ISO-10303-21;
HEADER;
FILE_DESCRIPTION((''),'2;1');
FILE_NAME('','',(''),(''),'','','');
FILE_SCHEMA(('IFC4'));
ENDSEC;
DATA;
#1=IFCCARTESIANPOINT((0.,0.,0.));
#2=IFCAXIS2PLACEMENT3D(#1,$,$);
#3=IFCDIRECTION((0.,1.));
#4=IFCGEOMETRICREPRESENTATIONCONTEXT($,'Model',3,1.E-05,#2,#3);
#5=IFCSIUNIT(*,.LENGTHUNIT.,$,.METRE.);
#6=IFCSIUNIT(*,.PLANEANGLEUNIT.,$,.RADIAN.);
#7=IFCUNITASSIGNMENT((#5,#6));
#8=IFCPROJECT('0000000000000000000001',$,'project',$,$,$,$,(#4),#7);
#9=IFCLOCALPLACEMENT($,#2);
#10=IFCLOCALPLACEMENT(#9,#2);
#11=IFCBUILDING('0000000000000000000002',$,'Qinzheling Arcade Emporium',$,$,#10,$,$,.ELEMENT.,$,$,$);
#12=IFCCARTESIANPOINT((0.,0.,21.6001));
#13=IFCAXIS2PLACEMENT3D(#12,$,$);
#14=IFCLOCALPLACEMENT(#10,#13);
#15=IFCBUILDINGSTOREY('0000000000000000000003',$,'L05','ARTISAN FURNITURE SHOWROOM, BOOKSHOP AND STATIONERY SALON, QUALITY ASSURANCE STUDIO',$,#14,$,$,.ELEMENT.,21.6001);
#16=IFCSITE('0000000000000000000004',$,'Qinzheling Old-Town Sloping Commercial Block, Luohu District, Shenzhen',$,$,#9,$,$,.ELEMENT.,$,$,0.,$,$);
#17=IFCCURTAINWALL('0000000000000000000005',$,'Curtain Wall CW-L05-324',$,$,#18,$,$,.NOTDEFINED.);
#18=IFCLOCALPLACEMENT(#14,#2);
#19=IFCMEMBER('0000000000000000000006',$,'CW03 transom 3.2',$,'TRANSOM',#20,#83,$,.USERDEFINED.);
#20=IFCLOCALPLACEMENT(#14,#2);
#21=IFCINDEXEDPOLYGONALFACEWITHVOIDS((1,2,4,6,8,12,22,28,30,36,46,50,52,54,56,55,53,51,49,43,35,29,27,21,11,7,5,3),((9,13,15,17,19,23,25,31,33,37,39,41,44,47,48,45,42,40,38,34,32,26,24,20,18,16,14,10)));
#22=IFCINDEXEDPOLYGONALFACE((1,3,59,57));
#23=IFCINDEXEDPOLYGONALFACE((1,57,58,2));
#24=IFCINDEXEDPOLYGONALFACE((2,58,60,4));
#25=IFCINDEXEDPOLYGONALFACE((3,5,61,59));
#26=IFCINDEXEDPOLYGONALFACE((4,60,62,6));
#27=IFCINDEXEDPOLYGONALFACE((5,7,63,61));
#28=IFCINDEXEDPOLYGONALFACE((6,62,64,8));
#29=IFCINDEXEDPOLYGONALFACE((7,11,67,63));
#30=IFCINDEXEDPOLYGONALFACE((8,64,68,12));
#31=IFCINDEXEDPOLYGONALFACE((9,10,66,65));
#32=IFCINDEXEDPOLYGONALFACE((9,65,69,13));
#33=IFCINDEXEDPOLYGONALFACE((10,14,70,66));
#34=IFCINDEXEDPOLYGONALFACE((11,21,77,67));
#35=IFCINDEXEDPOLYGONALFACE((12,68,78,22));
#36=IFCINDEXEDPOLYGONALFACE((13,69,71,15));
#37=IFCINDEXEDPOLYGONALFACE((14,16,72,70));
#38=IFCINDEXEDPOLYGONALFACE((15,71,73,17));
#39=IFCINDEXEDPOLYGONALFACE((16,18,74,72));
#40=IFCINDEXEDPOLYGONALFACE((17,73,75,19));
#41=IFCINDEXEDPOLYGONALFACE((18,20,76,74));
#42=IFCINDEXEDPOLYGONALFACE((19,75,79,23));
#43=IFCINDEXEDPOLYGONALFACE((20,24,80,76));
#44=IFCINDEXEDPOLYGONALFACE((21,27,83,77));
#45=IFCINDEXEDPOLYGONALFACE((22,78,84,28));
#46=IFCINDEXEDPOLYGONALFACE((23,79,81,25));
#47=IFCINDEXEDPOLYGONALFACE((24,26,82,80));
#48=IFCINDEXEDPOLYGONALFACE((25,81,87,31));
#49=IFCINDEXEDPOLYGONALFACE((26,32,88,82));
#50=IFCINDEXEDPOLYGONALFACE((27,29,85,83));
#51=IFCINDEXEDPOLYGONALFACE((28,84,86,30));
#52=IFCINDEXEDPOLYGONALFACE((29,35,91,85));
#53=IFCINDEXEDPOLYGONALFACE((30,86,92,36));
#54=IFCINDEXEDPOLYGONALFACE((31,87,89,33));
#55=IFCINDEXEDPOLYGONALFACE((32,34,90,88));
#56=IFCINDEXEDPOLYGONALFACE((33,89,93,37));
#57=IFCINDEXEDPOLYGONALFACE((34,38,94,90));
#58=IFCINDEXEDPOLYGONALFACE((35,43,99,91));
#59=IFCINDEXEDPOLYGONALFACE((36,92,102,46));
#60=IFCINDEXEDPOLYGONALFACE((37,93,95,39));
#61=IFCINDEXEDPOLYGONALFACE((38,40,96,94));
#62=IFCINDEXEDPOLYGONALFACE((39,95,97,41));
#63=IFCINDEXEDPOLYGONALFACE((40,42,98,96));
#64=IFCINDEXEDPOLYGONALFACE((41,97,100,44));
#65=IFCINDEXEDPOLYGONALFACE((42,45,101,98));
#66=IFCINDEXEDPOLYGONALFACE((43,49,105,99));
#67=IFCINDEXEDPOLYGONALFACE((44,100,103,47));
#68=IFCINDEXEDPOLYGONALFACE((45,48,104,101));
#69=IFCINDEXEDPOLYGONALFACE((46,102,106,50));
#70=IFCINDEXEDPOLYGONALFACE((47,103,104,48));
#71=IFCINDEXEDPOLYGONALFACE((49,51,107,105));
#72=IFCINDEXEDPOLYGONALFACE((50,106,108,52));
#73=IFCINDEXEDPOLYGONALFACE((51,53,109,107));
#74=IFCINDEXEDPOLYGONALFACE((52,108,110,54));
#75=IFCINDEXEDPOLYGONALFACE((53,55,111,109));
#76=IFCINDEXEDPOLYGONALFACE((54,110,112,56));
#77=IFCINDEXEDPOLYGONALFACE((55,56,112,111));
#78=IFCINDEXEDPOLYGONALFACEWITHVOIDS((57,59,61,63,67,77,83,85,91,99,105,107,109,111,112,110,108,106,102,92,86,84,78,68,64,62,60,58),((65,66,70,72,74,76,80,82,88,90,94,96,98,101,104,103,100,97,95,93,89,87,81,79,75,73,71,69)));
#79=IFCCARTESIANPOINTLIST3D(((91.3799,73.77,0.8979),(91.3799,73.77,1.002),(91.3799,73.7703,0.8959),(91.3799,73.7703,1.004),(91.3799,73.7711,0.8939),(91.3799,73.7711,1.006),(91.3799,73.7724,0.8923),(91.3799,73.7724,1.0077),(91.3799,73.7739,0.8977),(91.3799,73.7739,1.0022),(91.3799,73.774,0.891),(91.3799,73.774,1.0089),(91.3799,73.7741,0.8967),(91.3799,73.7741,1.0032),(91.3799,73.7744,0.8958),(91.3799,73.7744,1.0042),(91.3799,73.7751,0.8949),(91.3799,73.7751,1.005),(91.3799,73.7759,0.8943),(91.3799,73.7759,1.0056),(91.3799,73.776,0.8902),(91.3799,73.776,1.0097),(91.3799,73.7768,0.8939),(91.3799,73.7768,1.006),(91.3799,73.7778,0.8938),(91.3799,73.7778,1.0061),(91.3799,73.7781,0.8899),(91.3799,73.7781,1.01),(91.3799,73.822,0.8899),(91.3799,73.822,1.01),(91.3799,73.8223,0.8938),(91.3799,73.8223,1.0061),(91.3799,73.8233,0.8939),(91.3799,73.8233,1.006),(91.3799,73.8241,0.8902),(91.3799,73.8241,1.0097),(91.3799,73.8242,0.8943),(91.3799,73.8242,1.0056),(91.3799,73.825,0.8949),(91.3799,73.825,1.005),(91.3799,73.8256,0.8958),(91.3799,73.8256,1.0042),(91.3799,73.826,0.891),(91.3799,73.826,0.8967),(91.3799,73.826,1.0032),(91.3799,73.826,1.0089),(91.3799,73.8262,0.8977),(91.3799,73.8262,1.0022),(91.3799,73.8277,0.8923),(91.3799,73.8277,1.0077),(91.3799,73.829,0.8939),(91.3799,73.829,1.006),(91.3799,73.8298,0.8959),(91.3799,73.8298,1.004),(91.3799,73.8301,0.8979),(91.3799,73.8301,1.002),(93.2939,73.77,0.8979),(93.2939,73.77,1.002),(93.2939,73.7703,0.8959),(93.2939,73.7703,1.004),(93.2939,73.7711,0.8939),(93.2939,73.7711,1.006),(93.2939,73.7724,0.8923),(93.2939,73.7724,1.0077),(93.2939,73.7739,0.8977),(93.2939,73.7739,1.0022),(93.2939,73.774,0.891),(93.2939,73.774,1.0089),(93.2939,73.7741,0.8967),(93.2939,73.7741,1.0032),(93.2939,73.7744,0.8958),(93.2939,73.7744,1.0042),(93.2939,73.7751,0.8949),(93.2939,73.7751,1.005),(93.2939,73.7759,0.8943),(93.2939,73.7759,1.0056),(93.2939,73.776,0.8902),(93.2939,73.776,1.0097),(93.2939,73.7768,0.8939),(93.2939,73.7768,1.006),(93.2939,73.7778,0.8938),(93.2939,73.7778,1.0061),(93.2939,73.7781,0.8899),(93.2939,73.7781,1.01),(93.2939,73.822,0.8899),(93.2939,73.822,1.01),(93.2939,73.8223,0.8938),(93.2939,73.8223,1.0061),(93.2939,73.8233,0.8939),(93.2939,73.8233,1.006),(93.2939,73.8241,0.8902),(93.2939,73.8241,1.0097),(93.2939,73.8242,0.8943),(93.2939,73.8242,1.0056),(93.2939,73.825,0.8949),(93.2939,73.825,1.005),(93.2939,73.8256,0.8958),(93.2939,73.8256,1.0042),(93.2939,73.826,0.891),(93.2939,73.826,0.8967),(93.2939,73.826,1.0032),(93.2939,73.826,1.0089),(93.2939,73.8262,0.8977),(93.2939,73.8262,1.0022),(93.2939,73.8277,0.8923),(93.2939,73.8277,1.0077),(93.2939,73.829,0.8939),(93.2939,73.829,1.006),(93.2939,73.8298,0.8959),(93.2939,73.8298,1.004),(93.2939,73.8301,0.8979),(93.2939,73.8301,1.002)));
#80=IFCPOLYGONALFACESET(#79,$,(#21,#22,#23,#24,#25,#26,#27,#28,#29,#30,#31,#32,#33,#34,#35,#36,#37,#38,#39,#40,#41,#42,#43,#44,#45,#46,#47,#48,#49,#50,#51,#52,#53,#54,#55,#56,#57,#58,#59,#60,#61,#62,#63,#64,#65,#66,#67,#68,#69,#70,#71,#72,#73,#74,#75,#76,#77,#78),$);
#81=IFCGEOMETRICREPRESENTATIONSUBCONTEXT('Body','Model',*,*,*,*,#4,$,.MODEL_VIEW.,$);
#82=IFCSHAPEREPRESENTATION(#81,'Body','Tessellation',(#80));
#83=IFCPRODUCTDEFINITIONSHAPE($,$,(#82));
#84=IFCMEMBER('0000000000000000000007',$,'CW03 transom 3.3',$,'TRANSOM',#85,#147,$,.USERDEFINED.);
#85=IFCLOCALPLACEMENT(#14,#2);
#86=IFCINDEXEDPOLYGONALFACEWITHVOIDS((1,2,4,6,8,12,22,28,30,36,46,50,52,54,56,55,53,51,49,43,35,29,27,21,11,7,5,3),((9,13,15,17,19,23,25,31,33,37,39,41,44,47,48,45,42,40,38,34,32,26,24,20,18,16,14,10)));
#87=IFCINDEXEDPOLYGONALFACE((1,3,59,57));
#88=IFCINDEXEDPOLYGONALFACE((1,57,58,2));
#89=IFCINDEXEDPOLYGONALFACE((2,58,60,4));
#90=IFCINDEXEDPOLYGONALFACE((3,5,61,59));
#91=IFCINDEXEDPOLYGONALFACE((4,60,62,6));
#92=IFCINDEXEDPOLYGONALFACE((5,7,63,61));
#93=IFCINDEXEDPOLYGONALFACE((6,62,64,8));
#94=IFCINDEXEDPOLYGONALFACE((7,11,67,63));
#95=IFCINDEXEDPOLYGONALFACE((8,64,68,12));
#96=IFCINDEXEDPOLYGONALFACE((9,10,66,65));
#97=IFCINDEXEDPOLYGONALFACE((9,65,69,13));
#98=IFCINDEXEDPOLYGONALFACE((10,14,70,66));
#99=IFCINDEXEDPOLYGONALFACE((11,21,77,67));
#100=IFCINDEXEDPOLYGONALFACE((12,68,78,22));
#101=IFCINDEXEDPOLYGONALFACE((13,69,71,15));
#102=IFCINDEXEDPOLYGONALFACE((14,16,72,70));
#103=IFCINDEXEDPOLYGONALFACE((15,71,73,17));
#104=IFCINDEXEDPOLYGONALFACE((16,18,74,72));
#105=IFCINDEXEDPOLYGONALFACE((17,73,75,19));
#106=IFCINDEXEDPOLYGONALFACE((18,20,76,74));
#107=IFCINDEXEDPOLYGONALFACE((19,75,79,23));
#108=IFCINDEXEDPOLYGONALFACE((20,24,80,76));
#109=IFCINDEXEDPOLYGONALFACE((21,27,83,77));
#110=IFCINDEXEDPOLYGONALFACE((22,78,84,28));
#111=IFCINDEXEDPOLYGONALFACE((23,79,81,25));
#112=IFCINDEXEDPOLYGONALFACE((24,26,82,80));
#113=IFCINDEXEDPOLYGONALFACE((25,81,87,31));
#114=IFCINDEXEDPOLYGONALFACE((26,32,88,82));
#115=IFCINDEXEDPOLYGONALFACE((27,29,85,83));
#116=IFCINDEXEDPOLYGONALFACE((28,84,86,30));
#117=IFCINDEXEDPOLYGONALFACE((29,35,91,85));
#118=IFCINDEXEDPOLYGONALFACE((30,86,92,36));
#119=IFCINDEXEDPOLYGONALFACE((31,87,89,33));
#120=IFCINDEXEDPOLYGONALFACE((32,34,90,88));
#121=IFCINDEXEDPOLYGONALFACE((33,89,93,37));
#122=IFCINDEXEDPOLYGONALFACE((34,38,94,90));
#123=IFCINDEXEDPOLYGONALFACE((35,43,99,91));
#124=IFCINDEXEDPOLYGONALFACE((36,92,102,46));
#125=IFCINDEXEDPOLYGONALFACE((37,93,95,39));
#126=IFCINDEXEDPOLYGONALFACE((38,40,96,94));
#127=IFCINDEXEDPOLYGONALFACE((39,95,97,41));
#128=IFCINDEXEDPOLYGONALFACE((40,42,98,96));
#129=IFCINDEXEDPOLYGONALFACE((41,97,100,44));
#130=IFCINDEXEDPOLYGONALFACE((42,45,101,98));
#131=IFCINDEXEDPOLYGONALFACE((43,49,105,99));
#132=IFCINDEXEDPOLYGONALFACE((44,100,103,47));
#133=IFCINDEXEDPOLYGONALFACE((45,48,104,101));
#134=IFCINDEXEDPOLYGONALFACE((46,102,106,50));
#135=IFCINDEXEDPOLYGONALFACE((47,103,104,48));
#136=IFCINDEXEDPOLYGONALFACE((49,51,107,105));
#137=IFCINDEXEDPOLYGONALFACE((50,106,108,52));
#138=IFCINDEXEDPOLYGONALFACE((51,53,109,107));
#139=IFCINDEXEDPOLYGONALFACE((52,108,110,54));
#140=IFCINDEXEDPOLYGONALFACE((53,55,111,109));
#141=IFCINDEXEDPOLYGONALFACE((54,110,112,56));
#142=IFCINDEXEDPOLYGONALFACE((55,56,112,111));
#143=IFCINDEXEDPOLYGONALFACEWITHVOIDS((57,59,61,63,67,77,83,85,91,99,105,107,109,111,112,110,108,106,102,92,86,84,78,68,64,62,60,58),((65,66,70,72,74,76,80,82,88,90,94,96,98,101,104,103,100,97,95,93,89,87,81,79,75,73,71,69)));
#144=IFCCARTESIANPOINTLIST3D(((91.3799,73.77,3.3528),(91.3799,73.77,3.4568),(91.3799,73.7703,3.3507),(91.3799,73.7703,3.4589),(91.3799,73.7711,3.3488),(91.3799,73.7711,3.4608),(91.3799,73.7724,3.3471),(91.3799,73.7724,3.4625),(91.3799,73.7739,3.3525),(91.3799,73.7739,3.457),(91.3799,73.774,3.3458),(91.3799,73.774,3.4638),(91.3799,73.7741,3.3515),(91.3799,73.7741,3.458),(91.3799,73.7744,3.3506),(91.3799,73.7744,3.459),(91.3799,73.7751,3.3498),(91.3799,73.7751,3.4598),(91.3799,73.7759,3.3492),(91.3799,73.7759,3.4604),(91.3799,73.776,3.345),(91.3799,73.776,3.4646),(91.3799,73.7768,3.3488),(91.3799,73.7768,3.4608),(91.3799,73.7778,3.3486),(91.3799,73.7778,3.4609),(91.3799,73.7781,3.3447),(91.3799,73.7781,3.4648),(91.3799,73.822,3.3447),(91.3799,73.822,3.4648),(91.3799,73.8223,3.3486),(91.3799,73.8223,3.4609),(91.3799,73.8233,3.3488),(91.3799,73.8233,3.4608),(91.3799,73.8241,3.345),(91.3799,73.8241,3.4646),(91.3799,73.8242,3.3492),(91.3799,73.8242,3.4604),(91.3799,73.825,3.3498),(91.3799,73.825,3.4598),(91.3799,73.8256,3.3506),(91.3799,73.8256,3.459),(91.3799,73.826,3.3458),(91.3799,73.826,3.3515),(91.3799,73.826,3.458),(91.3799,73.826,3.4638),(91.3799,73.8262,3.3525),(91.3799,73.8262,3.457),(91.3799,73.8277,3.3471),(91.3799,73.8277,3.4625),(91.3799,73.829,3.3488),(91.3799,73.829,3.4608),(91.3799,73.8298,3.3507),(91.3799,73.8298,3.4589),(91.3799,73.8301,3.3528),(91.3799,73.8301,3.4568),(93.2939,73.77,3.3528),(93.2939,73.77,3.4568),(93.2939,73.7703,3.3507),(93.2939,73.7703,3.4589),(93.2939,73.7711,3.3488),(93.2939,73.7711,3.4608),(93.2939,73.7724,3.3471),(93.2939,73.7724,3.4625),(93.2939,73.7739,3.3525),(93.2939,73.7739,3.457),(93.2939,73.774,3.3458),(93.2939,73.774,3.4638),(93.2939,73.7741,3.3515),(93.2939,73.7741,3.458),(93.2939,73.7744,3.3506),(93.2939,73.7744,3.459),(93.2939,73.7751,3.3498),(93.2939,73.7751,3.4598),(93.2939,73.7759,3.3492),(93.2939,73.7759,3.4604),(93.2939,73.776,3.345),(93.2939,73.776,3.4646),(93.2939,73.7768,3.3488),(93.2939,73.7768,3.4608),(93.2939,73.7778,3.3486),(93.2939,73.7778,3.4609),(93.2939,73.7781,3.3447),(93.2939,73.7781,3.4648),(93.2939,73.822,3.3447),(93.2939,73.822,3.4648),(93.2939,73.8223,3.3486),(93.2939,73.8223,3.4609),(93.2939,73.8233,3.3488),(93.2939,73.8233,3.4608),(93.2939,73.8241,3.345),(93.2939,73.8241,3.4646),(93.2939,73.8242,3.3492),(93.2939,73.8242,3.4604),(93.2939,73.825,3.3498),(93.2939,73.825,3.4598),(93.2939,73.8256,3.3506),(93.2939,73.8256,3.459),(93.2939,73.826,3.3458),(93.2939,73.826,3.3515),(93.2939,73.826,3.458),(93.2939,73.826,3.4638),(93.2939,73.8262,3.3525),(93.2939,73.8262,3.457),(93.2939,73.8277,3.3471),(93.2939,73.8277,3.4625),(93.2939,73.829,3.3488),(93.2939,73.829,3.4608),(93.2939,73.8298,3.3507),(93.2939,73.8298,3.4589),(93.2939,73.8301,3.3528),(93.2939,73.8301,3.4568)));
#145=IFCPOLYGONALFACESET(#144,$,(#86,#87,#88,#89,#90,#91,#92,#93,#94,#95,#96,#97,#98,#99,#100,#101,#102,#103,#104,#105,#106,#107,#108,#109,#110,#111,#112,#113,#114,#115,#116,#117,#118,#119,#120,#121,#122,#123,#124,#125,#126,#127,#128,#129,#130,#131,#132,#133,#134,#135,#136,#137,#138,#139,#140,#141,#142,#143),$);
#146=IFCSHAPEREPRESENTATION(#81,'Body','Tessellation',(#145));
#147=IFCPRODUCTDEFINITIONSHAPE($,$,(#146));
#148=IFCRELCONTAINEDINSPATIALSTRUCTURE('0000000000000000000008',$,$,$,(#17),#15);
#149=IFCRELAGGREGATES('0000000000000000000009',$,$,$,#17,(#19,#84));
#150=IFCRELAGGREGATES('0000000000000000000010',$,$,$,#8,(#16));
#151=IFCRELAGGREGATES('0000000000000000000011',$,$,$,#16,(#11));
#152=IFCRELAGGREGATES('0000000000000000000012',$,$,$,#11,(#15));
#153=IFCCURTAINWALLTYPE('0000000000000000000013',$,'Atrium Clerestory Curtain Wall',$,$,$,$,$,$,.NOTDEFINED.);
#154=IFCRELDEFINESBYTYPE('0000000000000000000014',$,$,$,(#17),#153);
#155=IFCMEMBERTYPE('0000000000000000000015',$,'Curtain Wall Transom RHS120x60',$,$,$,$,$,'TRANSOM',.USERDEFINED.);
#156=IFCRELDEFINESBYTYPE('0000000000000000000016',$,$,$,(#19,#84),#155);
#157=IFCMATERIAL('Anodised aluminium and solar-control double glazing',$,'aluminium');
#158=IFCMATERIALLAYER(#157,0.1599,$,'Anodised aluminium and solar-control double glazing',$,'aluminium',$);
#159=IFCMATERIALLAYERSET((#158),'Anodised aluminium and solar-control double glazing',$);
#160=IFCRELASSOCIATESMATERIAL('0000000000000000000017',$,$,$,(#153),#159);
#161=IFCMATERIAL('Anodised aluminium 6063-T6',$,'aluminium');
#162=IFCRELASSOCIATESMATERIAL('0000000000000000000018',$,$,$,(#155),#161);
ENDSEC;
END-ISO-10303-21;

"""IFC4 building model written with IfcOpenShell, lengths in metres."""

from ifc_helpers import new_model, si_unit, direction, frame, origin, origin_2d, place, context, subcontext, project, spatial, hollow_rectangle, extrude, material, layer, layer_set, material_profile, profile_set, type_object, element, aggregate, save


model = new_model("IFC4")

# Units and contexts
model_context = context("Model", 3, precision=1e-05, world=origin(), true_north=direction((0.0, 1.0)))
body_context = subcontext(model_context, "Body", "Model", "MODEL_VIEW")
ifc_project = project(units=[si_unit("LENGTHUNIT", "METRE"), si_unit("PLANEANGLEUNIT", "RADIAN")], contexts=[model_context])

# Site, building, storey
site_placement = place(None, origin())
site = spatial("IfcSite", under=ifc_project, at=site_placement, Name="Qinzheling Old-Town Sloping Commercial Block, Luohu District, Shenzhen", CompositionType="ELEMENT", RefElevation=0.0)
building_placement = place(site_placement, origin())
building = spatial("IfcBuilding", under=site, at=building_placement, Name="Qinzheling Arcade Emporium", CompositionType="ELEMENT")
storey_placement = place(building_placement, frame((0.0, 0.0, 21.6001)))
storey = spatial("IfcBuildingStorey", under=building, at=storey_placement, Name="L05", Description="ARTISAN FURNITURE SHOWROOM, BOOKSHOP AND STATIONERY SALON, QUALITY ASSURANCE STUDIO", CompositionType="ELEMENT", Elevation=21.6001)

# Curtain wall
ifc_material_1 = material(Name="Anodised aluminium and solar-control double glazing", Category="aluminium")
ifc_layer_1 = layer(ifc_material_1, 0.1599, Name="Anodised aluminium and solar-control double glazing", Category="aluminium")
ifc_layer_set_1 = layer_set([ifc_layer_1], Name="Anodised aluminium and solar-control double glazing")
curtain_wall_type = type_object("IfcCurtainWallType", Name="Atrium Clerestory Curtain Wall", PredefinedType="NOTDEFINED", material=ifc_layer_set_1)
curtain_wall_1_placement = place(storey_placement, origin())
curtain_wall_1 = element("IfcCurtainWall", 1, at=curtain_wall_1_placement, inside=storey, type_object=curtain_wall_type, Name="Curtain Wall CW-L05-324", PredefinedType="NOTDEFINED")
ifc_material_2 = material(Name="Anodised aluminium 6063-T6", Category="aluminium")

# Members
ifc_material_profile_1 = material_profile(ifc_material_2, hollow_rectangle(XDim=0.0601, YDim=0.1201, WallThickness=0.0039, InnerFilletRadius=0.0039, OuterFilletRadius=0.0081, at=origin_2d()), Name="RHS 120x60x4", Category="aluminium")
ifc_profile_set_1 = profile_set([ifc_material_profile_1], Name="Anodised aluminium 6063-T6")
member_type_1 = type_object("IfcMemberType", Name="Curtain Wall Transom RHS120x60", ElementType="TRANSOM", PredefinedType="USERDEFINED", material=ifc_profile_set_1)
member_1_placement = place(storey_placement, frame((91.3799, 73.8, 0.95), z_axis=(1.0, 0.0, 0.0), x_axis=(0.0, 1.0, 0.0)))
member_1 = element("IfcMember", 2, at=member_1_placement, type_object=member_type_1, Name="CW03 transom 3.2", ObjectType="TRANSOM", PredefinedType="USERDEFINED", context=body_context, shape_type="SweptSolid", body=[
    extrude(hollow_rectangle(XDim=0.0601, YDim=0.1201, WallThickness=0.0039, InnerFilletRadius=0.0039, OuterFilletRadius=0.0081, at=origin_2d()), origin(), (0.0, 0.0, 1.0), 1.9141),
])
member_2_placement = place(storey_placement, frame((91.3799, 73.8, 3.4048), z_axis=(1.0, 0.0, 0.0), x_axis=(0.0, 1.0, 0.0)))
member_2 = element("IfcMember", 3, at=member_2_placement, type_object=member_type_1, Name="CW03 transom 3.3", ObjectType="TRANSOM", PredefinedType="USERDEFINED", context=body_context, shape_type="SweptSolid", body=[
    extrude(hollow_rectangle(XDim=0.0601, YDim=0.1201, WallThickness=0.0039, InnerFilletRadius=0.0039, OuterFilletRadius=0.0081, at=origin_2d()), origin(), (0.0, 0.0, 1.0), 1.9141),
])

aggregate(curtain_wall_1, [member_1, member_2])

save(model, "model.ifc")
